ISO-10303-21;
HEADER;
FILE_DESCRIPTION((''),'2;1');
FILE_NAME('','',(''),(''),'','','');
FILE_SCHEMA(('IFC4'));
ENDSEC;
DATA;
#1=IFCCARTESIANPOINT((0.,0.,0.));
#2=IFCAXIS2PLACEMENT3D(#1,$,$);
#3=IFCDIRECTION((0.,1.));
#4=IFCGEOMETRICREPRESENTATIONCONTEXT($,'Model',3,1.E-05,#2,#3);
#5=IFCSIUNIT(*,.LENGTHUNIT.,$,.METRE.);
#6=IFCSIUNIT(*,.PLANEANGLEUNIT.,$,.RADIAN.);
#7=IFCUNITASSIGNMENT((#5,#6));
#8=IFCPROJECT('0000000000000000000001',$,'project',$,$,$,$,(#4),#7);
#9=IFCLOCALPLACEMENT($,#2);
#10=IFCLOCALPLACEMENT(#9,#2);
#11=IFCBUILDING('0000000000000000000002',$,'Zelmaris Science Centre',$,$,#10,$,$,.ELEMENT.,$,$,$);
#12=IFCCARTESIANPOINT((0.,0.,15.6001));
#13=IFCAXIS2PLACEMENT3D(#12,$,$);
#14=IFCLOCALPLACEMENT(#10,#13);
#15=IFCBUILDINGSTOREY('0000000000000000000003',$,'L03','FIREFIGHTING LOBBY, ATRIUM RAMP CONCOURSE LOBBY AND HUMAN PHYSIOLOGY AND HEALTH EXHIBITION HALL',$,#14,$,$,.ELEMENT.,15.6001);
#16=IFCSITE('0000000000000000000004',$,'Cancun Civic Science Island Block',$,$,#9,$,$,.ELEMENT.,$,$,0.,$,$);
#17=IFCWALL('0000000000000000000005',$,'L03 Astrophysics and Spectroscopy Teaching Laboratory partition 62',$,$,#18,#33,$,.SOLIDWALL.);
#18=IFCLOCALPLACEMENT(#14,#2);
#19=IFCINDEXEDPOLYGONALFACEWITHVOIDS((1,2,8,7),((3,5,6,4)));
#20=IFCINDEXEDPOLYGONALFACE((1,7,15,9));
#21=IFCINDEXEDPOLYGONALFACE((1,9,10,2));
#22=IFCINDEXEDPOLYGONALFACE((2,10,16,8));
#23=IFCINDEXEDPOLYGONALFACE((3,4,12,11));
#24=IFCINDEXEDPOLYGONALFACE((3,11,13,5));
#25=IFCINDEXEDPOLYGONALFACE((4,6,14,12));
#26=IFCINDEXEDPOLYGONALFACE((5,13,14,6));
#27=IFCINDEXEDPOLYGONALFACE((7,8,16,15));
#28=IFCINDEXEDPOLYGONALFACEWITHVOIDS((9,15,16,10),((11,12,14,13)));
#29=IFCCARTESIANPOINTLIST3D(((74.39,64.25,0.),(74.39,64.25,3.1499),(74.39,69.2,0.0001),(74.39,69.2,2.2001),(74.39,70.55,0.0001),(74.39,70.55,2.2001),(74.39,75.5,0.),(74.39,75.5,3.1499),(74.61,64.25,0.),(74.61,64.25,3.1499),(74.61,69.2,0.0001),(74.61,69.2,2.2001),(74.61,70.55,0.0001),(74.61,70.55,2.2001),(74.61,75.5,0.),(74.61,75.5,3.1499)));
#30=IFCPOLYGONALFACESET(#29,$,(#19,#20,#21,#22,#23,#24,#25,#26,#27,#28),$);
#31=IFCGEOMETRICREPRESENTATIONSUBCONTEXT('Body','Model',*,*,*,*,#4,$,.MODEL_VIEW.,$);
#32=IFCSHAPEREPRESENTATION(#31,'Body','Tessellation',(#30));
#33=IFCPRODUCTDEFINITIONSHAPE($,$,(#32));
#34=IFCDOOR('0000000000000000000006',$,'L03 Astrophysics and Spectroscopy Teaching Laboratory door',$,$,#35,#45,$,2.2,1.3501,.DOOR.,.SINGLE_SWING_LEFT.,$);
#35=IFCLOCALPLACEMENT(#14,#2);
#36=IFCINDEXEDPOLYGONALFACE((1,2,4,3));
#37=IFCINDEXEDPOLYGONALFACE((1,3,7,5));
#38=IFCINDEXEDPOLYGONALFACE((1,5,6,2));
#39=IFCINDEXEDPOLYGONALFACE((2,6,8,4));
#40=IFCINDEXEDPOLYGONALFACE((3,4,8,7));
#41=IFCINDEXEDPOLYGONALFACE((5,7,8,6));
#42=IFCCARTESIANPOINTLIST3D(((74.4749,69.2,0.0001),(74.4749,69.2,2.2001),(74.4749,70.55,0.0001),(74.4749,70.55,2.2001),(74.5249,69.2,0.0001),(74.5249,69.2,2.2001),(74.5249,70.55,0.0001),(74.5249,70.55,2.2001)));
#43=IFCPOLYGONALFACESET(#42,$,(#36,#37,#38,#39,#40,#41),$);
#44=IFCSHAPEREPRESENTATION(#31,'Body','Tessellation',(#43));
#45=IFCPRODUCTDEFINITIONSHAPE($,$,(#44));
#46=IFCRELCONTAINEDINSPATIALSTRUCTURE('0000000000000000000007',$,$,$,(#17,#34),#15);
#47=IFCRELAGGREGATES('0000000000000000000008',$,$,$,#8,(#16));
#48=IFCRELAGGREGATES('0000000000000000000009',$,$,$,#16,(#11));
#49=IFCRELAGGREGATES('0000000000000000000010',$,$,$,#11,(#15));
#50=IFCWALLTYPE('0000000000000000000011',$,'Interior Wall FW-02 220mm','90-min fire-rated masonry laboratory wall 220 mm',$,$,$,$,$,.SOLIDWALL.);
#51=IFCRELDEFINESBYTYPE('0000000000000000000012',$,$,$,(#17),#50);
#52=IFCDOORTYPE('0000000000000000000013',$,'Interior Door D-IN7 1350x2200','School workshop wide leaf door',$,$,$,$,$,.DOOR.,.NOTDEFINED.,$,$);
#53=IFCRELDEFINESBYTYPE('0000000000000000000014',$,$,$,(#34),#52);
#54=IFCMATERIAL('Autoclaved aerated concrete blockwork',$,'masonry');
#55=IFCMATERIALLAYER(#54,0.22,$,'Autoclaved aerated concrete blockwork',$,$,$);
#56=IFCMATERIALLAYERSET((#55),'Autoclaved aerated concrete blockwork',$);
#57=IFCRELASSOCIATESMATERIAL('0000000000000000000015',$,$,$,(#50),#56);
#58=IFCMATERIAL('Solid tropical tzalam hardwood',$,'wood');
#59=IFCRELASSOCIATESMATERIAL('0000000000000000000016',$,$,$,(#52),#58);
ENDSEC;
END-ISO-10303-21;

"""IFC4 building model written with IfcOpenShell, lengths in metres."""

from ifc_helpers import new_model, si_unit, direction, frame, frame_2d, origin, place, context, subcontext, project, spatial, rectangle, extrude, material, layer, layer_set, type_object, element, fill, save


model = new_model("IFC4")

# Units and contexts
model_context = context("Model", 3, precision=1e-05, world=origin(), true_north=direction((0.0, 1.0)))
body_context = subcontext(model_context, "Body", "Model", "MODEL_VIEW")
ifc_project = project(units=[si_unit("LENGTHUNIT", "METRE"), si_unit("PLANEANGLEUNIT", "RADIAN")], contexts=[model_context])

# Site, building, storey
site_placement = place(None, origin())
site = spatial("IfcSite", under=ifc_project, at=site_placement, Name="Cancun Civic Science Island Block", CompositionType="ELEMENT", RefElevation=0.0)
building_placement = place(site_placement, origin())
building = spatial("IfcBuilding", under=site, at=building_placement, Name="Zelmaris Science Centre", CompositionType="ELEMENT")
storey_placement = place(building_placement, frame((0.0, 0.0, 15.6001)))
storey = spatial("IfcBuildingStorey", under=building, at=storey_placement, Name="L03", Description="FIREFIGHTING LOBBY, ATRIUM RAMP CONCOURSE LOBBY AND HUMAN PHYSIOLOGY AND HEALTH EXHIBITION HALL", CompositionType="ELEMENT", Elevation=15.6001)

# Wall, opening, door
ifc_material_1 = material(Name="Autoclaved aerated concrete blockwork", Category="masonry")
ifc_layer = layer(ifc_material_1, 0.22, Name="Autoclaved aerated concrete blockwork")
ifc_layer_set = layer_set([ifc_layer], Name="Autoclaved aerated concrete blockwork")
wall_type = type_object("IfcWallType", Name="Interior Wall FW-02 220mm", Description="90-min fire-rated masonry laboratory wall 220 mm", PredefinedType="SOLIDWALL", material=ifc_layer_set)
wall_placement = place(storey_placement, frame((74.5, 75.5, 0.0), z_axis=(0.0, 0.0, 1.0), x_axis=(0.0, -1.0, 0.0)))
wall = element("IfcWall", 1, at=wall_placement, inside=storey, type_object=wall_type, Name="L03 Astrophysics and Spectroscopy Teaching Laboratory partition 62", PredefinedType="SOLIDWALL", context=body_context, shape_type="SweptSolid", body=[
    extrude(rectangle(XDim=11.25, YDim=0.22, at=frame_2d((5.625, 0.0))), origin(), (0.0, 0.0, 1.0), 3.1499),
])
opening_placement = place(wall_placement, frame((4.95, 0.0, 0.0)))
opening = element("IfcOpeningElement", 2, at=opening_placement, cuts=wall, PredefinedType="OPENING", context=body_context, shape_type="SweptSolid", body=[
    extrude(rectangle(XDim=1.3501, YDim=2.2, at=frame_2d((0.675, 1.1001))), frame((0.0, 0.1199, 0.0), z_axis=(0.0, -1.0, 0.0), x_axis=(1.0, 0.0, 0.0)), (0.0, 0.0, 1.0), 0.24),
])
ifc_material_2 = material(Name="Solid tropical tzalam hardwood", Category="wood")
door_type = type_object("IfcDoorType", Name="Interior Door D-IN7 1350x2200", Description="School workshop wide leaf door", OperationType="NOTDEFINED", PredefinedType="DOOR", material=ifc_material_2)
door_placement = place(opening_placement, origin())
door = element("IfcDoor", 3, at=door_placement, inside=storey, type_object=door_type, Name="L03 Astrophysics and Spectroscopy Teaching Laboratory door", OperationType="SINGLE_SWING_LEFT", OverallHeight=2.2, OverallWidth=1.3501, PredefinedType="DOOR", context=body_context, shape_type="SweptSolid", body=[
    extrude(rectangle(XDim=1.3501, YDim=2.2, at=frame_2d((0.675, 1.1001))), frame((0.0, 0.0249, 0.0), z_axis=(0.0, -1.0, 0.0), x_axis=(1.0, 0.0, 0.0)), (0.0, 0.0, 1.0), 0.05),
])
fill(opening, door)

save(model, "model.ifc")
